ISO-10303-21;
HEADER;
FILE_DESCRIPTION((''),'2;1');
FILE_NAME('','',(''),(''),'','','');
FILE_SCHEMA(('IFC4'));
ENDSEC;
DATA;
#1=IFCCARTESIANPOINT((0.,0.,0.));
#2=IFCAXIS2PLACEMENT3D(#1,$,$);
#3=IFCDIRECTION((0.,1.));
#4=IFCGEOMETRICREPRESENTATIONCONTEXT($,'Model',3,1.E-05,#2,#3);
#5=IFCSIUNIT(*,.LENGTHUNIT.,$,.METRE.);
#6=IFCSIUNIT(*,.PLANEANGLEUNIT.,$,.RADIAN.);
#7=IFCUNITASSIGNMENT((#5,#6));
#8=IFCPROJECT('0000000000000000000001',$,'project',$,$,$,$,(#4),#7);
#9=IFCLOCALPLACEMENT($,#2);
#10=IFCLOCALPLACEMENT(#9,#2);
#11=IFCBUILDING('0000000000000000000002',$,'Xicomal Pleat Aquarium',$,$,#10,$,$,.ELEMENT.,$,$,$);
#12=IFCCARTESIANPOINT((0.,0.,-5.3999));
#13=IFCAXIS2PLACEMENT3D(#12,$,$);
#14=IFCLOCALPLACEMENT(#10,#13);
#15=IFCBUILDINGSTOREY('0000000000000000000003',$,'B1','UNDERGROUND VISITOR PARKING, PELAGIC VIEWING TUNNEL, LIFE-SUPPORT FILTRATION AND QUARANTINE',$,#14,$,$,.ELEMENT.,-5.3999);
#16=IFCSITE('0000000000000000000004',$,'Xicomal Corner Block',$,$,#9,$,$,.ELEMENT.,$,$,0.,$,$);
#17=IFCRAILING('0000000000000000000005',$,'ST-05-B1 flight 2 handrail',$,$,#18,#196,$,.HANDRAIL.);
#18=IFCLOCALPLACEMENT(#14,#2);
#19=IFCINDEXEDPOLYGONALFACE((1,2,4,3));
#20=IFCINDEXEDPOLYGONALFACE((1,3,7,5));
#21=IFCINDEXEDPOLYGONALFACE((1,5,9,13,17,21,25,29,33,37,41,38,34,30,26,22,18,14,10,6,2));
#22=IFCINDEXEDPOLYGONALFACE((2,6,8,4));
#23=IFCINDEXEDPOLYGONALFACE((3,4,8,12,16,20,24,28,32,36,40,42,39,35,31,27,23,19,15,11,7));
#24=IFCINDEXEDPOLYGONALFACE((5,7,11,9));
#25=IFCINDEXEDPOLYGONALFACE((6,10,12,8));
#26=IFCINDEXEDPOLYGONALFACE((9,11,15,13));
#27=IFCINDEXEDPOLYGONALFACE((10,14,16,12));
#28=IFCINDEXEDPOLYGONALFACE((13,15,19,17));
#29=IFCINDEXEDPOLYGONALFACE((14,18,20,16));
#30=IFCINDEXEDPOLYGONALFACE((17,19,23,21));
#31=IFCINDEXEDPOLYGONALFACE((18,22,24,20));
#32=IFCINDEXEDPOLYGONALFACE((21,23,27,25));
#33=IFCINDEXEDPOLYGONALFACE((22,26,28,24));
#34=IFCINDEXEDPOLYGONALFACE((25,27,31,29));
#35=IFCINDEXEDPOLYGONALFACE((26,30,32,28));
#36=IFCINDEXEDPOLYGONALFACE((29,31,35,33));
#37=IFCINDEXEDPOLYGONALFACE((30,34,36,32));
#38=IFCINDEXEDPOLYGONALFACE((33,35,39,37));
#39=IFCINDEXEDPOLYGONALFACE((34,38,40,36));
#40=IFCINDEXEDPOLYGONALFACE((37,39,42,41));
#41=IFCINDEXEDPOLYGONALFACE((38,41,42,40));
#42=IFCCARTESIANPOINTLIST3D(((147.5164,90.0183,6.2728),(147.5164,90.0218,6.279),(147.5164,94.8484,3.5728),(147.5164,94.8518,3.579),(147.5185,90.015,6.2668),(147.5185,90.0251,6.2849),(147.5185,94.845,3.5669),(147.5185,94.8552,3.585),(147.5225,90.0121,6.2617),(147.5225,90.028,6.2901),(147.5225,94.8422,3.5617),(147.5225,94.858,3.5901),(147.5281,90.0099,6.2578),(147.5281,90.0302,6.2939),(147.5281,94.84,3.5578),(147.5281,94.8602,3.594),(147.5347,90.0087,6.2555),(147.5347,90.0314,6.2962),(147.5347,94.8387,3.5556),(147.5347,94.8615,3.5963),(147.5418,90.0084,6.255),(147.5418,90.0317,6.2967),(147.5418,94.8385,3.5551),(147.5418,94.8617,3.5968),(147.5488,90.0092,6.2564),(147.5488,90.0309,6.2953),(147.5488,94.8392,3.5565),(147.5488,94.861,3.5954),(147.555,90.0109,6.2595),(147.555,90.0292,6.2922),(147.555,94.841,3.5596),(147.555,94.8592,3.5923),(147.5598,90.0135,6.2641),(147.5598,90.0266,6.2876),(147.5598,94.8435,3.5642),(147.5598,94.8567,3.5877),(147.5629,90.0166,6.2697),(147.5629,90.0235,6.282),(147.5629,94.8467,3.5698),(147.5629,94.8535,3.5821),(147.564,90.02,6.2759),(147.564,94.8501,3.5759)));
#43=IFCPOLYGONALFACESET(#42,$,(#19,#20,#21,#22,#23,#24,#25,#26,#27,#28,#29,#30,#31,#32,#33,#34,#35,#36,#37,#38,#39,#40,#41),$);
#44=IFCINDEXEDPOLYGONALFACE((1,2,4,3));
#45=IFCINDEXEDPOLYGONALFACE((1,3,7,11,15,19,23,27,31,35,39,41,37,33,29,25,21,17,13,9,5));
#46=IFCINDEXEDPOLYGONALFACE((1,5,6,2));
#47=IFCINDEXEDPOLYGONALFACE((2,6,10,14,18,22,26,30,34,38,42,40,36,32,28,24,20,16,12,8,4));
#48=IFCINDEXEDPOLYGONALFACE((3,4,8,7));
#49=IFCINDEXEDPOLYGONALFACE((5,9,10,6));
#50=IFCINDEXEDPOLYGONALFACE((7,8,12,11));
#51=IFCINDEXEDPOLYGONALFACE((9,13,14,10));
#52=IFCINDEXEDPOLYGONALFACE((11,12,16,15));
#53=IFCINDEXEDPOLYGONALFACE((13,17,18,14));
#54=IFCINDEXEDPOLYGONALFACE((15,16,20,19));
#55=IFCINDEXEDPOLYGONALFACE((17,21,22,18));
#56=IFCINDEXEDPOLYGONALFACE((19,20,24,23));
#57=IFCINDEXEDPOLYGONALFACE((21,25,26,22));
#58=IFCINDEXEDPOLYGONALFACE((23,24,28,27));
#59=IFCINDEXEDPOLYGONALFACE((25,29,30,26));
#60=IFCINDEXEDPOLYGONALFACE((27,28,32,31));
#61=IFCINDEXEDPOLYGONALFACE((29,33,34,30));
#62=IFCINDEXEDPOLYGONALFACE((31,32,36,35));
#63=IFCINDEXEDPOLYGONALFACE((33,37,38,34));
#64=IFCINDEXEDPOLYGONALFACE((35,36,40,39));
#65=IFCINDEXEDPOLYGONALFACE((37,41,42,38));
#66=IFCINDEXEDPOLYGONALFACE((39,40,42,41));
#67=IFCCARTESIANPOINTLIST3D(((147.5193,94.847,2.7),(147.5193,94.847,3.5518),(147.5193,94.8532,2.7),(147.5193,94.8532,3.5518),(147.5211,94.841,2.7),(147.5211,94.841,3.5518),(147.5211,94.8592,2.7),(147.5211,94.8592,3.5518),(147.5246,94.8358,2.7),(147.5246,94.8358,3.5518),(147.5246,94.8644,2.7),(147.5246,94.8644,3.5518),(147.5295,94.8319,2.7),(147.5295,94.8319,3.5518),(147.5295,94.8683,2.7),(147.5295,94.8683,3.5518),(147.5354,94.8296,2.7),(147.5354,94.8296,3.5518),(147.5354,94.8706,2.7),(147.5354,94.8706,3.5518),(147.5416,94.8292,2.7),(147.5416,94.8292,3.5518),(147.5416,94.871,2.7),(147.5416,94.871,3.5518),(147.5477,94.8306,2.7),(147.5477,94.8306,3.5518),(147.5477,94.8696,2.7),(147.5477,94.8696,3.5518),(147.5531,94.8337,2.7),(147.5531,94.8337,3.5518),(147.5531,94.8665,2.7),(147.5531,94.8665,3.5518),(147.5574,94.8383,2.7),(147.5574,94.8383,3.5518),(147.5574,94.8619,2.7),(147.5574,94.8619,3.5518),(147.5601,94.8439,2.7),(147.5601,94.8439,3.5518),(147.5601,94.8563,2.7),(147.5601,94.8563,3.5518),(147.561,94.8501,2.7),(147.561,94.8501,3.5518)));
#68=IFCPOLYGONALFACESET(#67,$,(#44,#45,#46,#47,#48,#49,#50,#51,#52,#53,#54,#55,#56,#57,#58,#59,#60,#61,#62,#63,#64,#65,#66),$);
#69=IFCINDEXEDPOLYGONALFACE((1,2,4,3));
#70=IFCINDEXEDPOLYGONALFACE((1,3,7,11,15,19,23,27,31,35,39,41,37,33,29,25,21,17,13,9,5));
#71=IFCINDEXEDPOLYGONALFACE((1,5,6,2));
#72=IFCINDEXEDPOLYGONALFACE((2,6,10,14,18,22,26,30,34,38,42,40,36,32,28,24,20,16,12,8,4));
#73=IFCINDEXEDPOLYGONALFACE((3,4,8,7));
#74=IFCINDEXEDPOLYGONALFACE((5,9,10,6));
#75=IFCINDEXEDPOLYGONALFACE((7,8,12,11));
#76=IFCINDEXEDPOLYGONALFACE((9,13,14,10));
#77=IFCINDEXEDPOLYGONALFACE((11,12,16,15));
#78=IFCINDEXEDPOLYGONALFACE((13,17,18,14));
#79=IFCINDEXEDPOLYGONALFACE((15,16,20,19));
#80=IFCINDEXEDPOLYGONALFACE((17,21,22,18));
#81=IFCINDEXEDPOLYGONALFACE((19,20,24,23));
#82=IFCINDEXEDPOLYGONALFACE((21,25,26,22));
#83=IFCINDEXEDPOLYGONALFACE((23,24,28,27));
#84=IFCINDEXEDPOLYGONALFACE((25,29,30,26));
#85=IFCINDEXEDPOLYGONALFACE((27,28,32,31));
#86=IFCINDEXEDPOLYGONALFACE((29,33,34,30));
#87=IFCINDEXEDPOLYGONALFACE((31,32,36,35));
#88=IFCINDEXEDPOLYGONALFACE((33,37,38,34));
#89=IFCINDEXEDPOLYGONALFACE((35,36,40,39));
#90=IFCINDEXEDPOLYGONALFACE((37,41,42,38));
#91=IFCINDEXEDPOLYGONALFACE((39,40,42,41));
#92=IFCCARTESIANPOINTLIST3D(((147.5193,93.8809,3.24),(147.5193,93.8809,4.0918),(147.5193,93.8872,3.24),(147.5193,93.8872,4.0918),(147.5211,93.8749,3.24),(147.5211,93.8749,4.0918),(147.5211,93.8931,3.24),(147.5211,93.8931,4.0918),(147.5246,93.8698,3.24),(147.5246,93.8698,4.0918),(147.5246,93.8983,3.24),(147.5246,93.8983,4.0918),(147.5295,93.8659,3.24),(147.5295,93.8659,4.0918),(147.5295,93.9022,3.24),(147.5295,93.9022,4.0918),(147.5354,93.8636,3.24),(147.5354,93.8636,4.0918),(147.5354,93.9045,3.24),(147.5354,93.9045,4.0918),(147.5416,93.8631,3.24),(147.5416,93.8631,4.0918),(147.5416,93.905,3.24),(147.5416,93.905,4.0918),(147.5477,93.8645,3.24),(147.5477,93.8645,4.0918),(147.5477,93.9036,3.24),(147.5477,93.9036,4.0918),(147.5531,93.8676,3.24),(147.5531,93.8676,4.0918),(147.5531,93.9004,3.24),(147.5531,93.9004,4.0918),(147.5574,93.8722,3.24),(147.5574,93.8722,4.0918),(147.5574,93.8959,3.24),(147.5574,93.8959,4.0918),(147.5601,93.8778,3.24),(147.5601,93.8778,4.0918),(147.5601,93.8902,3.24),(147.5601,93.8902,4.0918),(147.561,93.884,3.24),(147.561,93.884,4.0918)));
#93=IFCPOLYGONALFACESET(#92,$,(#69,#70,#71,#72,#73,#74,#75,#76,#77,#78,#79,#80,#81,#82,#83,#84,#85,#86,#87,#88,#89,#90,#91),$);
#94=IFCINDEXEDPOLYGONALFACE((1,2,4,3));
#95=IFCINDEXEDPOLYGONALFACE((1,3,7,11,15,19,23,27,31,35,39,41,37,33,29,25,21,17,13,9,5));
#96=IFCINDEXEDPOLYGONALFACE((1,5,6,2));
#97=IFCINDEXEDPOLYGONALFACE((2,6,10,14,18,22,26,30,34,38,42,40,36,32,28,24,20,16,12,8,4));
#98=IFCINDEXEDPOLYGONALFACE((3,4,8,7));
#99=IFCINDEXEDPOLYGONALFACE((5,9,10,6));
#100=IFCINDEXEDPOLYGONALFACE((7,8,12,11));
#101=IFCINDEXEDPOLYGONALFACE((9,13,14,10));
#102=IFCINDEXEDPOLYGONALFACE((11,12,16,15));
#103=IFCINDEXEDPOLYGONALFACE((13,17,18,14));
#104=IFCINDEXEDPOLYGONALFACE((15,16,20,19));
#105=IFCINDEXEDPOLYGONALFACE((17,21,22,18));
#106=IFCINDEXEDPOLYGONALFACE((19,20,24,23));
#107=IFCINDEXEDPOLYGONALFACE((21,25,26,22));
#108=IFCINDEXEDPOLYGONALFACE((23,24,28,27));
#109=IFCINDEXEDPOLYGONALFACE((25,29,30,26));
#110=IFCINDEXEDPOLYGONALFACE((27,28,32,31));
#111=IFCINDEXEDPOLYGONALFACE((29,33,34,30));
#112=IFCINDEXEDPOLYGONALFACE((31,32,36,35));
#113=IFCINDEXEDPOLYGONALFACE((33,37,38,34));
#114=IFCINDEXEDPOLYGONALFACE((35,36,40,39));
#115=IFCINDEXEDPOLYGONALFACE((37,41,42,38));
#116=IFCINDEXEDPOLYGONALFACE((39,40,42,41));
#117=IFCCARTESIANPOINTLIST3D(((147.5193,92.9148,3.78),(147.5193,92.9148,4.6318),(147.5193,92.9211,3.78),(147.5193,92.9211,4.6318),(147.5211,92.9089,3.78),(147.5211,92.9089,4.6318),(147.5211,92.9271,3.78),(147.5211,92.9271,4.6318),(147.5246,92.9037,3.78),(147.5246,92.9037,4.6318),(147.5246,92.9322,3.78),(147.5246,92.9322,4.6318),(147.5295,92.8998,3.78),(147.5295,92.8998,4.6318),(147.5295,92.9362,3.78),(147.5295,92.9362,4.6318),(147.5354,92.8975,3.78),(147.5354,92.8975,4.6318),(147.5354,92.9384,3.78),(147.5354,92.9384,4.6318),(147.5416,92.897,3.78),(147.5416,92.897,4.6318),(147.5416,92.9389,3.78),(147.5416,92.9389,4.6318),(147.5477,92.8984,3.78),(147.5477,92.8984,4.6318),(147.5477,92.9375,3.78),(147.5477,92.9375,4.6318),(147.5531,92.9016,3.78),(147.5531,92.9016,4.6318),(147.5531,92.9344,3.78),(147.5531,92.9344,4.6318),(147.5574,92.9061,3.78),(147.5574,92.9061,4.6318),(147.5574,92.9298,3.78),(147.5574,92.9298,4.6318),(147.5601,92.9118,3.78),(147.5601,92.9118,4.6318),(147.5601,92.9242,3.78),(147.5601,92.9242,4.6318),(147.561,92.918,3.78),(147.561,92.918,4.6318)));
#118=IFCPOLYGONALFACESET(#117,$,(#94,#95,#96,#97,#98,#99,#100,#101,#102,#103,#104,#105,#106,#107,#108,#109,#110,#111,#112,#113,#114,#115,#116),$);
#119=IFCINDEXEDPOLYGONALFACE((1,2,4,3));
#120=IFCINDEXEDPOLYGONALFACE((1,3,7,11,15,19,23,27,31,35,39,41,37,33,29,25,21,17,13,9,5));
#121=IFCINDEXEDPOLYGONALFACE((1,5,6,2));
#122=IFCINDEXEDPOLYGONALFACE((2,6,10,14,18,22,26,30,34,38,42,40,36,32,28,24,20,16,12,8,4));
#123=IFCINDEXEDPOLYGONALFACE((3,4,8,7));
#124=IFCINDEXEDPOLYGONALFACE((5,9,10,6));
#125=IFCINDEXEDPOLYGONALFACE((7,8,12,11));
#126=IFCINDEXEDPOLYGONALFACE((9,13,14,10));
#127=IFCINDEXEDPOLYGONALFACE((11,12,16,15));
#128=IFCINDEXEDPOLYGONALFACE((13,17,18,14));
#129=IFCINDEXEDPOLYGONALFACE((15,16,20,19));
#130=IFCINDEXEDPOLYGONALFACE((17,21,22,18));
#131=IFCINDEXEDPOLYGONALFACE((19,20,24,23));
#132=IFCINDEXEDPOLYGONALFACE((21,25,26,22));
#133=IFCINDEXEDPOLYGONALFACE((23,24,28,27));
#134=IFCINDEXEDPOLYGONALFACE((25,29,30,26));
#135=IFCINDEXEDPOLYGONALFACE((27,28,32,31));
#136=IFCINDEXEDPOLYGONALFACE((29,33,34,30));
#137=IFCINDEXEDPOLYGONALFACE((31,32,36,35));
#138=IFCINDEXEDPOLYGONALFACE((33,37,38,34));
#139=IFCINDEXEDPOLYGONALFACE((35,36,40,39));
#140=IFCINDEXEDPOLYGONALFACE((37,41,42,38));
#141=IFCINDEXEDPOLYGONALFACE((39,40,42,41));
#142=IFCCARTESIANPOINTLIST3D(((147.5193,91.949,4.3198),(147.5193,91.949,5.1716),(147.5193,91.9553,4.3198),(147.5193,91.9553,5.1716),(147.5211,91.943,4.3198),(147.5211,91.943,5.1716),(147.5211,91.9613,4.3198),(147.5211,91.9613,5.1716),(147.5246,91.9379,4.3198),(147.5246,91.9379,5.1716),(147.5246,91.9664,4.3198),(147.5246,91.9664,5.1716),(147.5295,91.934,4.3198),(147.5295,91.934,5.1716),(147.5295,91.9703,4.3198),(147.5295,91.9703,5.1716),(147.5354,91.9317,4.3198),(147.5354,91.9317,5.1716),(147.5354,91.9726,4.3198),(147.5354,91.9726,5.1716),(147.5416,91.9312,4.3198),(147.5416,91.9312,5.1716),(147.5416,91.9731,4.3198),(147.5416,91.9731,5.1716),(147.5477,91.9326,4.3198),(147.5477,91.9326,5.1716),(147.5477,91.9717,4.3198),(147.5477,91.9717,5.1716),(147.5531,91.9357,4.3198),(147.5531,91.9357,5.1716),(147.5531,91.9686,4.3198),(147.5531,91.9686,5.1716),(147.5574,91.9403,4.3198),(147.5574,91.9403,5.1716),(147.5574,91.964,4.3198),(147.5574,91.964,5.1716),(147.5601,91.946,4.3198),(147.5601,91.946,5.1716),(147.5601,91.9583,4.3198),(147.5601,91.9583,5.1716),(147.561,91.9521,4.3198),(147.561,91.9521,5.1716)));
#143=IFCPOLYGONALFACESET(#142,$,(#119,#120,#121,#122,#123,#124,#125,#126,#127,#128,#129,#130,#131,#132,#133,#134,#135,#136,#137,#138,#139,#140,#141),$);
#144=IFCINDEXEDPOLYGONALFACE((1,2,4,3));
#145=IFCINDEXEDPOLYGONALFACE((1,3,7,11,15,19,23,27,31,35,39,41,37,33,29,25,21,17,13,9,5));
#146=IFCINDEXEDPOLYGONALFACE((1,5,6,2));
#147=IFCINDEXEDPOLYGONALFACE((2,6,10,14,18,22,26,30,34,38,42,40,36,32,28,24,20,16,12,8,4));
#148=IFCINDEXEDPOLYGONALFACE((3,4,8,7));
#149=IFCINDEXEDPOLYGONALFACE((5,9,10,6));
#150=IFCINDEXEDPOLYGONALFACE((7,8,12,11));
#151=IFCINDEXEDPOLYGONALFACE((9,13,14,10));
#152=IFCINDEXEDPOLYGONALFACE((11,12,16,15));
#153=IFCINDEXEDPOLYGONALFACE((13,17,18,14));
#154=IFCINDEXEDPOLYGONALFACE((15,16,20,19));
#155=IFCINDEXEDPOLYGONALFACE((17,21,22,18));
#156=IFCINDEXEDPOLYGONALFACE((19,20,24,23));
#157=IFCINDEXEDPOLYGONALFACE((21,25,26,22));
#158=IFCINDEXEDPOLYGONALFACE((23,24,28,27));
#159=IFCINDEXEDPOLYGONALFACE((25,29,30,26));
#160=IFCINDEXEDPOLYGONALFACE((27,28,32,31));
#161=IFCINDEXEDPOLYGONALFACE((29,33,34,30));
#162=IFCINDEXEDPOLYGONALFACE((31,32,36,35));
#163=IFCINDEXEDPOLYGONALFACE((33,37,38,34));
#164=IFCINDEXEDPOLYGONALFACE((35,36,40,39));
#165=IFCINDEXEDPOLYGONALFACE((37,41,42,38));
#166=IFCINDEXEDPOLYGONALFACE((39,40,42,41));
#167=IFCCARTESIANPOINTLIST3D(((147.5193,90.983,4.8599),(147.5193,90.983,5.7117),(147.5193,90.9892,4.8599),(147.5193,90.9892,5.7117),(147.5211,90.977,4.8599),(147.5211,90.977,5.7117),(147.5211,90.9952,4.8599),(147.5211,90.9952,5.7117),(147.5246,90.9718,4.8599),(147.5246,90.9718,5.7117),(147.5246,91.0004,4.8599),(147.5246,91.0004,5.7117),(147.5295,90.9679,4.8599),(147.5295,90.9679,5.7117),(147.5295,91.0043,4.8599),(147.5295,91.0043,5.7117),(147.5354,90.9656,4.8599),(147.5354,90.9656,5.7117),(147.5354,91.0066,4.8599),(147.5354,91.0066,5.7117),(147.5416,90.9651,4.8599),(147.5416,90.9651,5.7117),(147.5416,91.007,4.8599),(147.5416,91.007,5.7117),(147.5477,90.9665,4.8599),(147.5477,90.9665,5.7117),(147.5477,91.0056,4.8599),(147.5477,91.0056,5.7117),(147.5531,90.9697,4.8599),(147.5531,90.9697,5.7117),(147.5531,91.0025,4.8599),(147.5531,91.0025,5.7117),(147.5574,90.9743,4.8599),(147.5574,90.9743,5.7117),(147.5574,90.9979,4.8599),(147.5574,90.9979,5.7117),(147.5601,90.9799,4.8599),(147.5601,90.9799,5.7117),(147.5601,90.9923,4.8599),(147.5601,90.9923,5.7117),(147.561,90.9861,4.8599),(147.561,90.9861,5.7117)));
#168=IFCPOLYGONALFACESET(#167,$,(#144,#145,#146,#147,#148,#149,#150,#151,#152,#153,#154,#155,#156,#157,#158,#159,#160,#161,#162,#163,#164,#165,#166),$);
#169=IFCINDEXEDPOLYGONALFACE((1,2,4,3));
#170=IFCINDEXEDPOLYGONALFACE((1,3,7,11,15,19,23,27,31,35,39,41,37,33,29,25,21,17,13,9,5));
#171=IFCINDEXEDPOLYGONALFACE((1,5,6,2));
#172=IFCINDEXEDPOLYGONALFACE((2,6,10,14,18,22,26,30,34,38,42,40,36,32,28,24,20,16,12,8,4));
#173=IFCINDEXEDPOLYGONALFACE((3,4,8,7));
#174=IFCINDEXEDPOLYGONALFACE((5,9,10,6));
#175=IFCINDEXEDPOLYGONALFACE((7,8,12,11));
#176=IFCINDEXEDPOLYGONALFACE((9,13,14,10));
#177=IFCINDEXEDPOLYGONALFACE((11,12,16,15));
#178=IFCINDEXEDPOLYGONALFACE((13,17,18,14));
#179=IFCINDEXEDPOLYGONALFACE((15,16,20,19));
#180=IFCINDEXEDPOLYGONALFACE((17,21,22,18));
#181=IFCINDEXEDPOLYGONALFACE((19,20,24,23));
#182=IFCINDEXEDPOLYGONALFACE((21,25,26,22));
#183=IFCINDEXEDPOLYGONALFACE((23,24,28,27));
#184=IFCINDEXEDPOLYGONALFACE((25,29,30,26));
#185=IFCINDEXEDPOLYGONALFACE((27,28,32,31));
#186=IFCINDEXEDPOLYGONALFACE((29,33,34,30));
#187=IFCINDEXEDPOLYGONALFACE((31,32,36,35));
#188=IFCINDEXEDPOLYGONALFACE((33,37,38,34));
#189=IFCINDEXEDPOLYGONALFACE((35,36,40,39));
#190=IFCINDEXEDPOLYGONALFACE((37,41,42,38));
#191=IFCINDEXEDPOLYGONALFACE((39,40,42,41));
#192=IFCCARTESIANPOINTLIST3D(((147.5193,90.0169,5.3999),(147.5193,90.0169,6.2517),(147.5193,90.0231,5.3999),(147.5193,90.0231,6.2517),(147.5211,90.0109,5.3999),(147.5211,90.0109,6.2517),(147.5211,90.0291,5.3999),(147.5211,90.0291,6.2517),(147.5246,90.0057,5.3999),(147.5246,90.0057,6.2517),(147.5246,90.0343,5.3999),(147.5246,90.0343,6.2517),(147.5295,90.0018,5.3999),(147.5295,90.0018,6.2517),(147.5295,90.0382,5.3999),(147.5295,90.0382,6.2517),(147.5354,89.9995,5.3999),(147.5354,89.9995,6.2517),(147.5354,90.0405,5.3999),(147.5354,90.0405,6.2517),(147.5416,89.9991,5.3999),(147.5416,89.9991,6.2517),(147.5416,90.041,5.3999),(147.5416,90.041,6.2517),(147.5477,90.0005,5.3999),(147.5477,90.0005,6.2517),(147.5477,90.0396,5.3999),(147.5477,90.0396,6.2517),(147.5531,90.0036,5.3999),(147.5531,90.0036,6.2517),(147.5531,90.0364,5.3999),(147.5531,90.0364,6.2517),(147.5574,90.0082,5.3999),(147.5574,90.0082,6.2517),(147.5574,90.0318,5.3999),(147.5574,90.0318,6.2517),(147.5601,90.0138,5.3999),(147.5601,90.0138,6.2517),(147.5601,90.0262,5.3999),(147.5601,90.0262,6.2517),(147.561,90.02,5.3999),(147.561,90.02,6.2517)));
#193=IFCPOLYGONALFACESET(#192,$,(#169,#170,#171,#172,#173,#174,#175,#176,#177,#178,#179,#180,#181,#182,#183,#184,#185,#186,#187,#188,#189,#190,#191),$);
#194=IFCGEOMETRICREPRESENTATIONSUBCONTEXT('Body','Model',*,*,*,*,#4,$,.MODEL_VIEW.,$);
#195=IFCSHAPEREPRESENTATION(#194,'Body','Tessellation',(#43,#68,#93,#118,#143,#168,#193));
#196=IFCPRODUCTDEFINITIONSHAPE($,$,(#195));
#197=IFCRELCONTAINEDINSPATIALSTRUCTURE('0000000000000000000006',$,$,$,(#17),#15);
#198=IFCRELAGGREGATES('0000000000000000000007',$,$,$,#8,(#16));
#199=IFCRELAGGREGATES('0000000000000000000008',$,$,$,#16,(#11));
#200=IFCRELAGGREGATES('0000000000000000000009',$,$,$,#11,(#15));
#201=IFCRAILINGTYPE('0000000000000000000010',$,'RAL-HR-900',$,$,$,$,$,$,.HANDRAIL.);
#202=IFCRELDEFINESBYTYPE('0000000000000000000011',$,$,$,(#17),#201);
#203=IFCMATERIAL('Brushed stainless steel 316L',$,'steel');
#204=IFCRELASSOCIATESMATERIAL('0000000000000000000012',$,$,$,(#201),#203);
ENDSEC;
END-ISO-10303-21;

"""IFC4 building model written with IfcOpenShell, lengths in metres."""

from ifc_helpers import new_model, si_unit, direction, frame, origin, origin_2d, place, context, subcontext, project, spatial, circle, extrude, material, type_object, element, save


model = new_model("IFC4")

# Units and contexts
model_context = context("Model", 3, precision=1e-05, world=origin(), true_north=direction((0.0, 1.0)))
body_context = subcontext(model_context, "Body", "Model", "MODEL_VIEW")
ifc_project = project(units=[si_unit("LENGTHUNIT", "METRE"), si_unit("PLANEANGLEUNIT", "RADIAN")], contexts=[model_context])

# Site, building, storey
site_placement = place(None, origin())
site = spatial("IfcSite", under=ifc_project, at=site_placement, Name="Xicomal Corner Block", CompositionType="ELEMENT", RefElevation=0.0)
building_placement = place(site_placement, origin())
building = spatial("IfcBuilding", under=site, at=building_placement, Name="Xicomal Pleat Aquarium", CompositionType="ELEMENT")
storey_placement = place(building_placement, frame((0.0, 0.0, -5.3999)))
storey = spatial("IfcBuildingStorey", under=building, at=storey_placement, Name="B1", Description="UNDERGROUND VISITOR PARKING, PELAGIC VIEWING TUNNEL, LIFE-SUPPORT FILTRATION AND QUARANTINE", CompositionType="ELEMENT", Elevation=-5.3999)

# Railing
ifc_material_1 = material(Name="Brushed stainless steel 316L", Category="steel")
railing_type_1 = type_object("IfcRailingType", Name="RAL-HR-900", PredefinedType="HANDRAIL", material=ifc_material_1)
railing_1_placement = place(storey_placement, frame((147.54, 94.8501, 2.7)))
element("IfcRailing", 1, at=railing_1_placement, inside=storey, type_object=railing_type_1, Name="ST-05-B1 flight 2 handrail", PredefinedType="HANDRAIL", context=body_context, shape_type="SweptSolid", body=[
    extrude(circle(Radius=0.0239, at=origin_2d()), frame((0.0, 0.0, 0.876), z_axis=(0.0, -0.872883, 0.48793), x_axis=(1.0, 0.0, 0.0)), (0.0, 0.0, 1.0), 5.5334),
    extrude(circle(Radius=0.021, at=origin_2d()), origin(), (0.0, 0.0, 1.0), 0.8518),
    extrude(circle(Radius=0.021, at=origin_2d()), frame((0.0, -0.9661, 0.54)), (0.0, 0.0, 1.0), 0.8518),
    extrude(circle(Radius=0.021, at=origin_2d()), frame((0.0, -1.9321, 1.0801)), (0.0, 0.0, 1.0), 0.8518),
    extrude(circle(Radius=0.021, at=origin_2d()), frame((0.0, -2.8979, 1.6199)), (0.0, 0.0, 1.0), 0.8518),
    extrude(circle(Radius=0.021, at=origin_2d()), frame((0.0, -3.864, 2.1599)), (0.0, 0.0, 1.0), 0.8518),
    extrude(circle(Radius=0.021, at=origin_2d()), frame((0.0, -4.8301, 2.7)), (0.0, 0.0, 1.0), 0.8518),
])

save(model, "model.ifc")
